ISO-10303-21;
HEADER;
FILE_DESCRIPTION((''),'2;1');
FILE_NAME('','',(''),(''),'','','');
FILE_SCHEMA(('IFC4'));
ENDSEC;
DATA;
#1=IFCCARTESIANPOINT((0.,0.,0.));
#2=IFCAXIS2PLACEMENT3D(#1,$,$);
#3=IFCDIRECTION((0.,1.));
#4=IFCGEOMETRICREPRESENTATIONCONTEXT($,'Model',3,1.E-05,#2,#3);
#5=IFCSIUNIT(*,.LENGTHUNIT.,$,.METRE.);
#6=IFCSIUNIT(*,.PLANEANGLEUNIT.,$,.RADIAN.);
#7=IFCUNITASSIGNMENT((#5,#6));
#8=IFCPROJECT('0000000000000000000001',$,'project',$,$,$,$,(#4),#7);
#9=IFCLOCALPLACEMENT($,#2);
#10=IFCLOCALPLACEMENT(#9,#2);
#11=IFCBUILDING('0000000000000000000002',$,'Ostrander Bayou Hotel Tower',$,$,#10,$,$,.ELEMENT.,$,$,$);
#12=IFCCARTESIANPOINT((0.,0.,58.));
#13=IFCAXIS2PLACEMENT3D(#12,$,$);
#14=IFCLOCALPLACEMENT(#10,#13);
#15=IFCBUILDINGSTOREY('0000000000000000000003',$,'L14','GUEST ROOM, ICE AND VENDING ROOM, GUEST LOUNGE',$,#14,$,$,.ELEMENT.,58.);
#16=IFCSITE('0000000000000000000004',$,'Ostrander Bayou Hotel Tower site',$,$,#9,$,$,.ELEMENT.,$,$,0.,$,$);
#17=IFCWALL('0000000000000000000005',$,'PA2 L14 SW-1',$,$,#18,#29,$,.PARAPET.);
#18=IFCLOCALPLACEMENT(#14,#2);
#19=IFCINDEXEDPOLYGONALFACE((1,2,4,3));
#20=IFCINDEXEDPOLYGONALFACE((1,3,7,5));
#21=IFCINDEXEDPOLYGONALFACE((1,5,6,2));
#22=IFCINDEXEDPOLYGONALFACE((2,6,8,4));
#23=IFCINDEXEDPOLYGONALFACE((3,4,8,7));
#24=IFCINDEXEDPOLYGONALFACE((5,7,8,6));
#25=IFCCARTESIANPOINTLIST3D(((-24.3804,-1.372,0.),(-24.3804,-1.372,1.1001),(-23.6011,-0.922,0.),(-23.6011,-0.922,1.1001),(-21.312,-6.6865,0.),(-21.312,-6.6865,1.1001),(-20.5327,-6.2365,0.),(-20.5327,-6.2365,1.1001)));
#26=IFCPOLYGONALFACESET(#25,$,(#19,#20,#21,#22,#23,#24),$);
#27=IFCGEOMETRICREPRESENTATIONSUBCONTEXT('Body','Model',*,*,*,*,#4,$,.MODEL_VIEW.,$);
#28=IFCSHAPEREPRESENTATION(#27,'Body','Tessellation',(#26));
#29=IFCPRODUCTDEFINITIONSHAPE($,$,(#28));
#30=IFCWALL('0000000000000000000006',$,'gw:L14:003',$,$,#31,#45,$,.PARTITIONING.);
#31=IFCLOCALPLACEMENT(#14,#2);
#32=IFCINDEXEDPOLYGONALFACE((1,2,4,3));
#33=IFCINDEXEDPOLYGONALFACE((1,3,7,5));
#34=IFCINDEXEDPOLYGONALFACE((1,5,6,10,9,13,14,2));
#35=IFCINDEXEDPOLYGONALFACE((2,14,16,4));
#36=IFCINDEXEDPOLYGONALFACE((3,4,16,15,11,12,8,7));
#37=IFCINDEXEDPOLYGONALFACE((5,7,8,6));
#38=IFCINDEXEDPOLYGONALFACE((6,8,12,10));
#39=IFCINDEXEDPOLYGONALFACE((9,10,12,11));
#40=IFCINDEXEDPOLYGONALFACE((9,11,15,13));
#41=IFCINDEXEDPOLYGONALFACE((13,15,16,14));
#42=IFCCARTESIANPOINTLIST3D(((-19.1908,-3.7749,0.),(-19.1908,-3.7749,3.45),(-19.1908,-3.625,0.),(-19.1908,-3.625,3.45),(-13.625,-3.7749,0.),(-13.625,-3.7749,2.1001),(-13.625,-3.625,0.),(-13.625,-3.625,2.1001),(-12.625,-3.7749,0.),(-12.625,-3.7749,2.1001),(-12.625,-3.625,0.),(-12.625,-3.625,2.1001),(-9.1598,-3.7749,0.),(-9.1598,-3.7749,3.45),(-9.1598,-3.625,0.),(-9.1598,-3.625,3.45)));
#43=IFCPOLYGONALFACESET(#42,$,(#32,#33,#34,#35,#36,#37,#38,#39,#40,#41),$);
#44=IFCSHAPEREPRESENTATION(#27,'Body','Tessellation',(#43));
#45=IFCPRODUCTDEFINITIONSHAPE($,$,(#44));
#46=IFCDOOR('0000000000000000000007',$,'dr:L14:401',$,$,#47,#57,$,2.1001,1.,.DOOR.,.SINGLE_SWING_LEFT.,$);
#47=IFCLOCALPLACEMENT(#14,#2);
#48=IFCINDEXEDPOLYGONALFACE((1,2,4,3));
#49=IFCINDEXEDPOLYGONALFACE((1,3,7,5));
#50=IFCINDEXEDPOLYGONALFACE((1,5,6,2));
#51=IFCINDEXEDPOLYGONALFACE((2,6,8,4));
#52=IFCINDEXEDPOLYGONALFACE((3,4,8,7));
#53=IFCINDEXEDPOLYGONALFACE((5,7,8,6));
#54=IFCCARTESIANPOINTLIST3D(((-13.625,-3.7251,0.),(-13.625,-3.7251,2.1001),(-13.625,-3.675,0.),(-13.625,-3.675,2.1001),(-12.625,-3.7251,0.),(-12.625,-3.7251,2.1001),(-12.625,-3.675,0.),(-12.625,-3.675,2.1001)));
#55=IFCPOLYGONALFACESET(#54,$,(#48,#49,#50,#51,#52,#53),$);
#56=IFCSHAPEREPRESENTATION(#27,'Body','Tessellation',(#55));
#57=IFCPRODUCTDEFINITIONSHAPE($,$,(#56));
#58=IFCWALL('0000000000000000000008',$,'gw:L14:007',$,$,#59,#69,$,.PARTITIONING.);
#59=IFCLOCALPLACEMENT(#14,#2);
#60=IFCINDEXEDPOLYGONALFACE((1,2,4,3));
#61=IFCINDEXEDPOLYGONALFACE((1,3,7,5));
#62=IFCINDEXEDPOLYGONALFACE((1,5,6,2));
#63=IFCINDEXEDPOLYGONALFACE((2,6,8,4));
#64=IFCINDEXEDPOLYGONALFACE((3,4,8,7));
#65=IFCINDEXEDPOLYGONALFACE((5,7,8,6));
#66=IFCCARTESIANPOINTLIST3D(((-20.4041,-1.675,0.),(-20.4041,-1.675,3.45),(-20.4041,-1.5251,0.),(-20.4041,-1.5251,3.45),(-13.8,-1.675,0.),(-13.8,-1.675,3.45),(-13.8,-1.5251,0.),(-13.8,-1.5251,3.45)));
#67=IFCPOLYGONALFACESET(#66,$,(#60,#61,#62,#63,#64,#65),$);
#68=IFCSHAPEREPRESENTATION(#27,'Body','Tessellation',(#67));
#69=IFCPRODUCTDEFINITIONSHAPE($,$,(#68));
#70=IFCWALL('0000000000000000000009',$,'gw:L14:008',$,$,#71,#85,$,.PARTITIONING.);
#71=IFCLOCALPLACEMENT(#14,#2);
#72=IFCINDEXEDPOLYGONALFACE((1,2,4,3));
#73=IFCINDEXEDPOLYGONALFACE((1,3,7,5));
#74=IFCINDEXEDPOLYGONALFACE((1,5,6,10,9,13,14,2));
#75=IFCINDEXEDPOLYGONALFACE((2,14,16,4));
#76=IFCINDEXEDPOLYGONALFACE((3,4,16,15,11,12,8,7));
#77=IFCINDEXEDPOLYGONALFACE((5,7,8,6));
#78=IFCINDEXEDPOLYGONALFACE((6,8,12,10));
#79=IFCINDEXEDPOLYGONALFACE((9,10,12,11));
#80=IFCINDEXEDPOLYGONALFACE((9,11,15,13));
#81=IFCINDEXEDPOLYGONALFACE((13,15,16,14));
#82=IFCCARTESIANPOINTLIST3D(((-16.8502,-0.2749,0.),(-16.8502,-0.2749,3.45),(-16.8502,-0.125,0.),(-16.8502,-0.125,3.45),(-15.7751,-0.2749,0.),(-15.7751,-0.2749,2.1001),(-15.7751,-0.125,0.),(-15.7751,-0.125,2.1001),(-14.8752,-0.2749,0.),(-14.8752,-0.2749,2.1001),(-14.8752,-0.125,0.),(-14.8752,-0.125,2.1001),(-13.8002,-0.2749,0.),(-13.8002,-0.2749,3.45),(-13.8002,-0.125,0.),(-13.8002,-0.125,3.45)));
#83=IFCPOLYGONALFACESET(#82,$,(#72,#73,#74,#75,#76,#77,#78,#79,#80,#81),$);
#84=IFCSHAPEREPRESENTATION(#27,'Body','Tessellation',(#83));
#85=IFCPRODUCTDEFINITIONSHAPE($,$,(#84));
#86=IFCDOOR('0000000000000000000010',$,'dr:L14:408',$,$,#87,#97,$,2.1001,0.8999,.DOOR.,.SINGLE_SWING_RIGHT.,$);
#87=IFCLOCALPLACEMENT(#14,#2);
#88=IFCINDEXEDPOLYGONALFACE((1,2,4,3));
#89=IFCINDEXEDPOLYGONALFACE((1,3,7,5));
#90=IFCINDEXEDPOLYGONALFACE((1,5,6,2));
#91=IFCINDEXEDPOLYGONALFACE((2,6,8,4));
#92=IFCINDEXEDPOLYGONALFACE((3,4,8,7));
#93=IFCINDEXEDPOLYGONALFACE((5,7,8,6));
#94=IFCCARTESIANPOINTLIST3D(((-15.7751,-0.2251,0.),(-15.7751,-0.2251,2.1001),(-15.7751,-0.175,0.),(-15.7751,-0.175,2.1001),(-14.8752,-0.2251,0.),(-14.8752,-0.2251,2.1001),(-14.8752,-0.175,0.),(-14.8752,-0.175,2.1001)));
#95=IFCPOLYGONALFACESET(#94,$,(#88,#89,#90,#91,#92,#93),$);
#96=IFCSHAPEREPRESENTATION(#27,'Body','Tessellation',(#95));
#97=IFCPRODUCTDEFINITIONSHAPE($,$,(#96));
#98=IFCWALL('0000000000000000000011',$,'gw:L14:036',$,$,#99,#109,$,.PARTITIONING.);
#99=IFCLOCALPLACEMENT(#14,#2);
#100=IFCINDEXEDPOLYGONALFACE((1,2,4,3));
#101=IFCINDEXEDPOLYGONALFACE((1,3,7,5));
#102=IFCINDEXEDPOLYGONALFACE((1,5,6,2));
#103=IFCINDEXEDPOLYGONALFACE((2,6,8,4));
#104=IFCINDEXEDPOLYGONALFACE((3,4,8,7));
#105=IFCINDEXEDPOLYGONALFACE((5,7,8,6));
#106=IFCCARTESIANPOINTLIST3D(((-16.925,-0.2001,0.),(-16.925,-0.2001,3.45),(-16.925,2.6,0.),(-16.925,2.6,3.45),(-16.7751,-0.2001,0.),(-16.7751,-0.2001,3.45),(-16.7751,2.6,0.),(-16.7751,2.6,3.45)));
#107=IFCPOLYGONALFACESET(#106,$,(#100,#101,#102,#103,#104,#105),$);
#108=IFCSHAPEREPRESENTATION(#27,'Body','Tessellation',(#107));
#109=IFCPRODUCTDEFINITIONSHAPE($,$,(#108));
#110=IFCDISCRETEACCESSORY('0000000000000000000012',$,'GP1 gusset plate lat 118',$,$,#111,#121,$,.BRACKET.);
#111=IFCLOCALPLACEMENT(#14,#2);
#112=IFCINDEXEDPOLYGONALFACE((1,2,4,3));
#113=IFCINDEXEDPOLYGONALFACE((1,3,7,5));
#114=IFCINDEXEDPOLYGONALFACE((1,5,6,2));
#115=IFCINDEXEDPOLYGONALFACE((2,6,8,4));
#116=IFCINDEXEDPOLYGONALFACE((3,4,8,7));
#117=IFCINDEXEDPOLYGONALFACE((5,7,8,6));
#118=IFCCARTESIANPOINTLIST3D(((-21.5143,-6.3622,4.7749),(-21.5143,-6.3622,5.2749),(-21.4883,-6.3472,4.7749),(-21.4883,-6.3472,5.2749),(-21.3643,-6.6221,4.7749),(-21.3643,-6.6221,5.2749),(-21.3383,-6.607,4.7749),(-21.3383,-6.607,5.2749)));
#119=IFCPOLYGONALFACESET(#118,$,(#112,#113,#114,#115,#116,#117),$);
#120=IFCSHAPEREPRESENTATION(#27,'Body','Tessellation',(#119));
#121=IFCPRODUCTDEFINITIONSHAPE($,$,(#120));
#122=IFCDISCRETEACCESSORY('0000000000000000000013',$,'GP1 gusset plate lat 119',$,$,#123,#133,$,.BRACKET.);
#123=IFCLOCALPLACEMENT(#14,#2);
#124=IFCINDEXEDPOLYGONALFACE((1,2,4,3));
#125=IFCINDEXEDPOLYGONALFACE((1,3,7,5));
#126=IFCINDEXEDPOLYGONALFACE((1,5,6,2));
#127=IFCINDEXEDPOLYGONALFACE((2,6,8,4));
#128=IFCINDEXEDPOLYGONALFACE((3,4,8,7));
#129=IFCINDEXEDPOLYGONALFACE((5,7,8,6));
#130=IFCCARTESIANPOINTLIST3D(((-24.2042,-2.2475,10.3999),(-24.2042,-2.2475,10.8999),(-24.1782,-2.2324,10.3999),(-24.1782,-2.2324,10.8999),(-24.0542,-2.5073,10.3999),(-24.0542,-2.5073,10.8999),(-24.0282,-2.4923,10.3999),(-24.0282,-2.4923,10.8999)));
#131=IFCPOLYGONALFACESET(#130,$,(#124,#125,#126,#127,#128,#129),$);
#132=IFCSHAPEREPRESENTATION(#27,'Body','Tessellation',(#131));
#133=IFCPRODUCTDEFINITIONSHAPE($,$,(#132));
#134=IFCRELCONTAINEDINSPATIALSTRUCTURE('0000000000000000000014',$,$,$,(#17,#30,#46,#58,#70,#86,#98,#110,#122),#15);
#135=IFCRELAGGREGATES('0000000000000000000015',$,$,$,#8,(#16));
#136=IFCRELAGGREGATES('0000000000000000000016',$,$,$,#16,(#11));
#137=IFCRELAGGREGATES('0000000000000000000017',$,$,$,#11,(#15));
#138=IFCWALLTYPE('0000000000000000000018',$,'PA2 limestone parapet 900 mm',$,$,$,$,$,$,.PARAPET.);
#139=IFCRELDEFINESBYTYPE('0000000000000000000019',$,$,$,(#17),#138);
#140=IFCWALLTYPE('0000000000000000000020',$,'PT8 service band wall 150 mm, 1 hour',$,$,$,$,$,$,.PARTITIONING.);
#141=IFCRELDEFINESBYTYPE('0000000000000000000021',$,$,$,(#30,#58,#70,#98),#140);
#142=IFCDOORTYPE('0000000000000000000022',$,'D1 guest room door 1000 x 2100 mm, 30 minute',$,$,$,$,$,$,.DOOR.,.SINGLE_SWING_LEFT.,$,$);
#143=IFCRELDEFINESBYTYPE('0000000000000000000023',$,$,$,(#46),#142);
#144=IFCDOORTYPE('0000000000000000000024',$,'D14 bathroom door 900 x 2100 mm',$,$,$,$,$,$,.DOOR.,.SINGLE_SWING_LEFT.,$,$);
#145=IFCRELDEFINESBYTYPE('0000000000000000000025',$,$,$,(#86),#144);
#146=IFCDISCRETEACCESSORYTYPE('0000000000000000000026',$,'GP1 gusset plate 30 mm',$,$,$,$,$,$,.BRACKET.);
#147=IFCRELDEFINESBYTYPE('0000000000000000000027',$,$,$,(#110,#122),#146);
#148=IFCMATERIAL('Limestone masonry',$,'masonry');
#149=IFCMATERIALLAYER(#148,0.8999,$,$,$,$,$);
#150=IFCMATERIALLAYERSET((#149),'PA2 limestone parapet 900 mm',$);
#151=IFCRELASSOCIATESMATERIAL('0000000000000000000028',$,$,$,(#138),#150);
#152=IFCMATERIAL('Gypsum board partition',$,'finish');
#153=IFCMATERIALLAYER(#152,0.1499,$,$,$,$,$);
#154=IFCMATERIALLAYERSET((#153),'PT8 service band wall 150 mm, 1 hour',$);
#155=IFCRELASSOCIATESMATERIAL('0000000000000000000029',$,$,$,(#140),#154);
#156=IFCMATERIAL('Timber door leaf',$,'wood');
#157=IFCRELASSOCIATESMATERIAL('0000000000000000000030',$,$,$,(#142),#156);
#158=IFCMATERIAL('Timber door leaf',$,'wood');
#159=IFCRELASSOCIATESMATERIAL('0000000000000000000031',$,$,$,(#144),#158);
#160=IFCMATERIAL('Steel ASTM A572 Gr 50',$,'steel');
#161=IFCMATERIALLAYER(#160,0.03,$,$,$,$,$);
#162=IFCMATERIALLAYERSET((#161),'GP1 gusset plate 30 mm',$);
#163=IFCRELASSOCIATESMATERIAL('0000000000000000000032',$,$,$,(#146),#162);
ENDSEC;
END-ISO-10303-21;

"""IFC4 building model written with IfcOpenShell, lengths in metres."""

from ifc_helpers import new_model, si_unit, direction, frame, frame_2d, origin, origin_2d, place, context, subcontext, project, spatial, rectangle, extrude, material, layer, layer_set, type_object, element, fill, save


model = new_model("IFC4")

# Units and contexts
model_context = context("Model", 3, precision=1e-05, world=origin(), true_north=direction((0.0, 1.0)))
body_context = subcontext(model_context, "Body", "Model", "MODEL_VIEW")
ifc_project = project(units=[si_unit("LENGTHUNIT", "METRE"), si_unit("PLANEANGLEUNIT", "RADIAN")], contexts=[model_context])

# Site, building, storey
site_placement = place(None, origin())
site = spatial("IfcSite", under=ifc_project, at=site_placement, Name="Ostrander Bayou Hotel Tower site", CompositionType="ELEMENT", RefElevation=0.0)
building_placement = place(site_placement, origin())
building = spatial("IfcBuilding", under=site, at=building_placement, Name="Ostrander Bayou Hotel Tower", CompositionType="ELEMENT")
storey_placement = place(building_placement, frame((0.0, 0.0, 58.0)))
storey = spatial("IfcBuildingStorey", under=building, at=storey_placement, Name="L14", Description="GUEST ROOM, ICE AND VENDING ROOM, GUEST LOUNGE", CompositionType="ELEMENT", Elevation=58.0)

# Wall
ifc_material_1 = material(Name="Limestone masonry", Category="masonry")
ifc_layer_1 = layer(ifc_material_1, 0.8999)
ifc_layer_set_1 = layer_set([ifc_layer_1], Name="PA2 limestone parapet 900 mm")
wall_type_1 = type_object("IfcWallType", Name="PA2 limestone parapet 900 mm", PredefinedType="PARAPET", material=ifc_layer_set_1)
wall_1_placement = place(storey_placement, frame((-23.9907, -1.147, 0.0), z_axis=(0.0, 0.0, 1.0), x_axis=(0.500007, -0.866021, 0.0)))
element("IfcWall", 1, at=wall_1_placement, inside=storey, type_object=wall_type_1, Name="PA2 L14 SW-1", PredefinedType="PARAPET", context=body_context, shape_type="SweptSolid", body=[
    extrude(rectangle(XDim=6.1367, YDim=0.8999, at=frame_2d((3.0684, 0.0))), origin(), (0.0, 0.0, 1.0), 1.1001),
])

# Wall, opening, door
ifc_material_2 = material(Name="Gypsum board partition", Category="finish")
ifc_layer_2 = layer(ifc_material_2, 0.1499)
ifc_layer_set_2 = layer_set([ifc_layer_2], Name="PT8 service band wall 150 mm, 1 hour")
wall_type_2 = type_object("IfcWallType", Name="PT8 service band wall 150 mm, 1 hour", PredefinedType="PARTITIONING", material=ifc_layer_set_2)
wall_2_placement = place(storey_placement, frame((-19.1909, -3.7, 0.0), z_axis=(0.0, 0.0, 1.0), x_axis=(1.0, 0.0, 0.0)))
wall_2 = element("IfcWall", 2, at=wall_2_placement, inside=storey, type_object=wall_type_2, Name="gw:L14:003", PredefinedType="PARTITIONING", context=body_context, shape_type="SweptSolid", body=[
    extrude(rectangle(XDim=10.031, YDim=0.1499, at=frame_2d((5.0156, 0.0))), origin(), (0.0, 0.0, 1.0), 3.45),
])
opening_1_placement = place(wall_2_placement, frame((5.5659, 0.0, 0.0)))
opening_1 = element("IfcOpeningElement", 3, at=opening_1_placement, cuts=wall_2, PredefinedType="OPENING", context=body_context, shape_type="SweptSolid", body=[
    extrude(rectangle(XDim=1.0, YDim=2.1001, at=frame_2d((0.5, 1.05))), frame((0.0, 0.075, 0.0), z_axis=(0.0, -1.0, 0.0), x_axis=(1.0, 0.0, 0.0)), (0.0, 0.0, 1.0), 0.1499),
])
ifc_material_3 = material(Name="Timber door leaf", Category="wood")
door_type_1 = type_object("IfcDoorType", Name="D1 guest room door 1000 x 2100 mm, 30 minute", OperationType="SINGLE_SWING_LEFT", PredefinedType="DOOR", material=ifc_material_3)
door_1_placement = place(opening_1_placement, origin())
door_1 = element("IfcDoor", 4, at=door_1_placement, inside=storey, type_object=door_type_1, Name="dr:L14:401", OperationType="SINGLE_SWING_LEFT", OverallHeight=2.1001, OverallWidth=1.0, PredefinedType="DOOR", context=body_context, shape_type="SweptSolid", body=[
    extrude(rectangle(XDim=1.0, YDim=2.1001, at=frame_2d((0.5, 1.05))), frame((0.0, 0.0249, 0.0), z_axis=(0.0, -1.0, 0.0), x_axis=(1.0, 0.0, 0.0)), (0.0, 0.0, 1.0), 0.05),
])
fill(opening_1, door_1)

# Wall
wall_3_placement = place(storey_placement, frame((-20.4041, -1.6001, 0.0), z_axis=(0.0, 0.0, 1.0), x_axis=(1.0, 0.0, 0.0)))
element("IfcWall", 5, at=wall_3_placement, inside=storey, type_object=wall_type_2, Name="gw:L14:007", PredefinedType="PARTITIONING", context=body_context, shape_type="SweptSolid", body=[
    extrude(rectangle(XDim=6.604, YDim=0.1499, at=frame_2d((3.302, 0.0))), origin(), (0.0, 0.0, 1.0), 3.45),
])

# Wall, opening, door
wall_4_placement = place(storey_placement, frame((-16.8501, -0.2, 0.0), z_axis=(0.0, 0.0, 1.0), x_axis=(1.0, 0.0, 0.0)))
wall_4 = element("IfcWall", 6, at=wall_4_placement, inside=storey, type_object=wall_type_2, Name="gw:L14:008", PredefinedType="PARTITIONING", context=body_context, shape_type="SweptSolid", body=[
    extrude(rectangle(XDim=3.05, YDim=0.1499, at=frame_2d((1.5249, 0.0))), origin(), (0.0, 0.0, 1.0), 3.45),
])
opening_2_placement = place(wall_4_placement, frame((1.075, 0.0, 0.0)))
opening_2 = element("IfcOpeningElement", 7, at=opening_2_placement, cuts=wall_4, PredefinedType="OPENING", context=body_context, shape_type="SweptSolid", body=[
    extrude(rectangle(XDim=0.8999, YDim=2.1001, at=frame_2d((0.45, 1.05))), frame((0.0, 0.075, 0.0), z_axis=(0.0, -1.0, 0.0), x_axis=(1.0, 0.0, 0.0)), (0.0, 0.0, 1.0), 0.1499),
])
ifc_material_4 = material(Name="Timber door leaf", Category="wood")
door_type_2 = type_object("IfcDoorType", Name="D14 bathroom door 900 x 2100 mm", OperationType="SINGLE_SWING_LEFT", PredefinedType="DOOR", material=ifc_material_4)
door_2_placement = place(opening_2_placement, origin())
door_2 = element("IfcDoor", 8, at=door_2_placement, inside=storey, type_object=door_type_2, Name="dr:L14:408", OperationType="SINGLE_SWING_RIGHT", OverallHeight=2.1001, OverallWidth=0.8999, PredefinedType="DOOR", context=body_context, shape_type="SweptSolid", body=[
    extrude(rectangle(XDim=0.8999, YDim=2.1001, at=frame_2d((0.45, 1.05))), frame((0.0, 0.0249, 0.0), z_axis=(0.0, -1.0, 0.0), x_axis=(1.0, 0.0, 0.0)), (0.0, 0.0, 1.0), 0.05),
])
fill(opening_2, door_2)

# Wall
wall_5_placement = place(storey_placement, frame((-16.8501, -0.2, 0.0), z_axis=(0.0, 0.0, 1.0), x_axis=(0.0, 1.0, 0.0)))
element("IfcWall", 9, at=wall_5_placement, inside=storey, type_object=wall_type_2, Name="gw:L14:036", PredefinedType="PARTITIONING", context=body_context, shape_type="SweptSolid", body=[
    extrude(rectangle(XDim=2.8, YDim=0.1499, at=frame_2d((1.3999, 0.0))), origin(), (0.0, 0.0, 1.0), 3.45),
])

# Discrete accessories
ifc_material_5 = material(Name="Steel ASTM A572 Gr 50", Category="steel")
ifc_layer_3 = layer(ifc_material_5, 0.03)
ifc_layer_set_3 = layer_set([ifc_layer_3], Name="GP1 gusset plate 30 mm")
discrete_accessory_type = type_object("IfcDiscreteAccessoryType", Name="GP1 gusset plate 30 mm", PredefinedType="BRACKET", material=ifc_layer_set_3)
for number, where, z_axis, x_axis, name in (
    (10, (-21.4263, -6.4846, 4.7749), (0.0, 0.0, 1.0), (0.5, -0.866025, 0.0), "GP1 gusset plate lat 118"),
    (11, (-24.1162, -2.3699, 10.3999), (0.0, 0.0, 1.0), (0.5, -0.866025, 0.0), "GP1 gusset plate lat 119"),
):
    element("IfcDiscreteAccessory", number, at=place(storey_placement, frame(where, z_axis=z_axis, x_axis=x_axis)), inside=storey, type_object=discrete_accessory_type, Name=name, PredefinedType="BRACKET", context=body_context, shape_type="SweptSolid", body=[
        extrude(rectangle(XDim=0.3, YDim=0.03, at=origin_2d()), origin(), (0.0, 0.0, 1.0), 0.5),
    ])

save(model, "model.ifc")
